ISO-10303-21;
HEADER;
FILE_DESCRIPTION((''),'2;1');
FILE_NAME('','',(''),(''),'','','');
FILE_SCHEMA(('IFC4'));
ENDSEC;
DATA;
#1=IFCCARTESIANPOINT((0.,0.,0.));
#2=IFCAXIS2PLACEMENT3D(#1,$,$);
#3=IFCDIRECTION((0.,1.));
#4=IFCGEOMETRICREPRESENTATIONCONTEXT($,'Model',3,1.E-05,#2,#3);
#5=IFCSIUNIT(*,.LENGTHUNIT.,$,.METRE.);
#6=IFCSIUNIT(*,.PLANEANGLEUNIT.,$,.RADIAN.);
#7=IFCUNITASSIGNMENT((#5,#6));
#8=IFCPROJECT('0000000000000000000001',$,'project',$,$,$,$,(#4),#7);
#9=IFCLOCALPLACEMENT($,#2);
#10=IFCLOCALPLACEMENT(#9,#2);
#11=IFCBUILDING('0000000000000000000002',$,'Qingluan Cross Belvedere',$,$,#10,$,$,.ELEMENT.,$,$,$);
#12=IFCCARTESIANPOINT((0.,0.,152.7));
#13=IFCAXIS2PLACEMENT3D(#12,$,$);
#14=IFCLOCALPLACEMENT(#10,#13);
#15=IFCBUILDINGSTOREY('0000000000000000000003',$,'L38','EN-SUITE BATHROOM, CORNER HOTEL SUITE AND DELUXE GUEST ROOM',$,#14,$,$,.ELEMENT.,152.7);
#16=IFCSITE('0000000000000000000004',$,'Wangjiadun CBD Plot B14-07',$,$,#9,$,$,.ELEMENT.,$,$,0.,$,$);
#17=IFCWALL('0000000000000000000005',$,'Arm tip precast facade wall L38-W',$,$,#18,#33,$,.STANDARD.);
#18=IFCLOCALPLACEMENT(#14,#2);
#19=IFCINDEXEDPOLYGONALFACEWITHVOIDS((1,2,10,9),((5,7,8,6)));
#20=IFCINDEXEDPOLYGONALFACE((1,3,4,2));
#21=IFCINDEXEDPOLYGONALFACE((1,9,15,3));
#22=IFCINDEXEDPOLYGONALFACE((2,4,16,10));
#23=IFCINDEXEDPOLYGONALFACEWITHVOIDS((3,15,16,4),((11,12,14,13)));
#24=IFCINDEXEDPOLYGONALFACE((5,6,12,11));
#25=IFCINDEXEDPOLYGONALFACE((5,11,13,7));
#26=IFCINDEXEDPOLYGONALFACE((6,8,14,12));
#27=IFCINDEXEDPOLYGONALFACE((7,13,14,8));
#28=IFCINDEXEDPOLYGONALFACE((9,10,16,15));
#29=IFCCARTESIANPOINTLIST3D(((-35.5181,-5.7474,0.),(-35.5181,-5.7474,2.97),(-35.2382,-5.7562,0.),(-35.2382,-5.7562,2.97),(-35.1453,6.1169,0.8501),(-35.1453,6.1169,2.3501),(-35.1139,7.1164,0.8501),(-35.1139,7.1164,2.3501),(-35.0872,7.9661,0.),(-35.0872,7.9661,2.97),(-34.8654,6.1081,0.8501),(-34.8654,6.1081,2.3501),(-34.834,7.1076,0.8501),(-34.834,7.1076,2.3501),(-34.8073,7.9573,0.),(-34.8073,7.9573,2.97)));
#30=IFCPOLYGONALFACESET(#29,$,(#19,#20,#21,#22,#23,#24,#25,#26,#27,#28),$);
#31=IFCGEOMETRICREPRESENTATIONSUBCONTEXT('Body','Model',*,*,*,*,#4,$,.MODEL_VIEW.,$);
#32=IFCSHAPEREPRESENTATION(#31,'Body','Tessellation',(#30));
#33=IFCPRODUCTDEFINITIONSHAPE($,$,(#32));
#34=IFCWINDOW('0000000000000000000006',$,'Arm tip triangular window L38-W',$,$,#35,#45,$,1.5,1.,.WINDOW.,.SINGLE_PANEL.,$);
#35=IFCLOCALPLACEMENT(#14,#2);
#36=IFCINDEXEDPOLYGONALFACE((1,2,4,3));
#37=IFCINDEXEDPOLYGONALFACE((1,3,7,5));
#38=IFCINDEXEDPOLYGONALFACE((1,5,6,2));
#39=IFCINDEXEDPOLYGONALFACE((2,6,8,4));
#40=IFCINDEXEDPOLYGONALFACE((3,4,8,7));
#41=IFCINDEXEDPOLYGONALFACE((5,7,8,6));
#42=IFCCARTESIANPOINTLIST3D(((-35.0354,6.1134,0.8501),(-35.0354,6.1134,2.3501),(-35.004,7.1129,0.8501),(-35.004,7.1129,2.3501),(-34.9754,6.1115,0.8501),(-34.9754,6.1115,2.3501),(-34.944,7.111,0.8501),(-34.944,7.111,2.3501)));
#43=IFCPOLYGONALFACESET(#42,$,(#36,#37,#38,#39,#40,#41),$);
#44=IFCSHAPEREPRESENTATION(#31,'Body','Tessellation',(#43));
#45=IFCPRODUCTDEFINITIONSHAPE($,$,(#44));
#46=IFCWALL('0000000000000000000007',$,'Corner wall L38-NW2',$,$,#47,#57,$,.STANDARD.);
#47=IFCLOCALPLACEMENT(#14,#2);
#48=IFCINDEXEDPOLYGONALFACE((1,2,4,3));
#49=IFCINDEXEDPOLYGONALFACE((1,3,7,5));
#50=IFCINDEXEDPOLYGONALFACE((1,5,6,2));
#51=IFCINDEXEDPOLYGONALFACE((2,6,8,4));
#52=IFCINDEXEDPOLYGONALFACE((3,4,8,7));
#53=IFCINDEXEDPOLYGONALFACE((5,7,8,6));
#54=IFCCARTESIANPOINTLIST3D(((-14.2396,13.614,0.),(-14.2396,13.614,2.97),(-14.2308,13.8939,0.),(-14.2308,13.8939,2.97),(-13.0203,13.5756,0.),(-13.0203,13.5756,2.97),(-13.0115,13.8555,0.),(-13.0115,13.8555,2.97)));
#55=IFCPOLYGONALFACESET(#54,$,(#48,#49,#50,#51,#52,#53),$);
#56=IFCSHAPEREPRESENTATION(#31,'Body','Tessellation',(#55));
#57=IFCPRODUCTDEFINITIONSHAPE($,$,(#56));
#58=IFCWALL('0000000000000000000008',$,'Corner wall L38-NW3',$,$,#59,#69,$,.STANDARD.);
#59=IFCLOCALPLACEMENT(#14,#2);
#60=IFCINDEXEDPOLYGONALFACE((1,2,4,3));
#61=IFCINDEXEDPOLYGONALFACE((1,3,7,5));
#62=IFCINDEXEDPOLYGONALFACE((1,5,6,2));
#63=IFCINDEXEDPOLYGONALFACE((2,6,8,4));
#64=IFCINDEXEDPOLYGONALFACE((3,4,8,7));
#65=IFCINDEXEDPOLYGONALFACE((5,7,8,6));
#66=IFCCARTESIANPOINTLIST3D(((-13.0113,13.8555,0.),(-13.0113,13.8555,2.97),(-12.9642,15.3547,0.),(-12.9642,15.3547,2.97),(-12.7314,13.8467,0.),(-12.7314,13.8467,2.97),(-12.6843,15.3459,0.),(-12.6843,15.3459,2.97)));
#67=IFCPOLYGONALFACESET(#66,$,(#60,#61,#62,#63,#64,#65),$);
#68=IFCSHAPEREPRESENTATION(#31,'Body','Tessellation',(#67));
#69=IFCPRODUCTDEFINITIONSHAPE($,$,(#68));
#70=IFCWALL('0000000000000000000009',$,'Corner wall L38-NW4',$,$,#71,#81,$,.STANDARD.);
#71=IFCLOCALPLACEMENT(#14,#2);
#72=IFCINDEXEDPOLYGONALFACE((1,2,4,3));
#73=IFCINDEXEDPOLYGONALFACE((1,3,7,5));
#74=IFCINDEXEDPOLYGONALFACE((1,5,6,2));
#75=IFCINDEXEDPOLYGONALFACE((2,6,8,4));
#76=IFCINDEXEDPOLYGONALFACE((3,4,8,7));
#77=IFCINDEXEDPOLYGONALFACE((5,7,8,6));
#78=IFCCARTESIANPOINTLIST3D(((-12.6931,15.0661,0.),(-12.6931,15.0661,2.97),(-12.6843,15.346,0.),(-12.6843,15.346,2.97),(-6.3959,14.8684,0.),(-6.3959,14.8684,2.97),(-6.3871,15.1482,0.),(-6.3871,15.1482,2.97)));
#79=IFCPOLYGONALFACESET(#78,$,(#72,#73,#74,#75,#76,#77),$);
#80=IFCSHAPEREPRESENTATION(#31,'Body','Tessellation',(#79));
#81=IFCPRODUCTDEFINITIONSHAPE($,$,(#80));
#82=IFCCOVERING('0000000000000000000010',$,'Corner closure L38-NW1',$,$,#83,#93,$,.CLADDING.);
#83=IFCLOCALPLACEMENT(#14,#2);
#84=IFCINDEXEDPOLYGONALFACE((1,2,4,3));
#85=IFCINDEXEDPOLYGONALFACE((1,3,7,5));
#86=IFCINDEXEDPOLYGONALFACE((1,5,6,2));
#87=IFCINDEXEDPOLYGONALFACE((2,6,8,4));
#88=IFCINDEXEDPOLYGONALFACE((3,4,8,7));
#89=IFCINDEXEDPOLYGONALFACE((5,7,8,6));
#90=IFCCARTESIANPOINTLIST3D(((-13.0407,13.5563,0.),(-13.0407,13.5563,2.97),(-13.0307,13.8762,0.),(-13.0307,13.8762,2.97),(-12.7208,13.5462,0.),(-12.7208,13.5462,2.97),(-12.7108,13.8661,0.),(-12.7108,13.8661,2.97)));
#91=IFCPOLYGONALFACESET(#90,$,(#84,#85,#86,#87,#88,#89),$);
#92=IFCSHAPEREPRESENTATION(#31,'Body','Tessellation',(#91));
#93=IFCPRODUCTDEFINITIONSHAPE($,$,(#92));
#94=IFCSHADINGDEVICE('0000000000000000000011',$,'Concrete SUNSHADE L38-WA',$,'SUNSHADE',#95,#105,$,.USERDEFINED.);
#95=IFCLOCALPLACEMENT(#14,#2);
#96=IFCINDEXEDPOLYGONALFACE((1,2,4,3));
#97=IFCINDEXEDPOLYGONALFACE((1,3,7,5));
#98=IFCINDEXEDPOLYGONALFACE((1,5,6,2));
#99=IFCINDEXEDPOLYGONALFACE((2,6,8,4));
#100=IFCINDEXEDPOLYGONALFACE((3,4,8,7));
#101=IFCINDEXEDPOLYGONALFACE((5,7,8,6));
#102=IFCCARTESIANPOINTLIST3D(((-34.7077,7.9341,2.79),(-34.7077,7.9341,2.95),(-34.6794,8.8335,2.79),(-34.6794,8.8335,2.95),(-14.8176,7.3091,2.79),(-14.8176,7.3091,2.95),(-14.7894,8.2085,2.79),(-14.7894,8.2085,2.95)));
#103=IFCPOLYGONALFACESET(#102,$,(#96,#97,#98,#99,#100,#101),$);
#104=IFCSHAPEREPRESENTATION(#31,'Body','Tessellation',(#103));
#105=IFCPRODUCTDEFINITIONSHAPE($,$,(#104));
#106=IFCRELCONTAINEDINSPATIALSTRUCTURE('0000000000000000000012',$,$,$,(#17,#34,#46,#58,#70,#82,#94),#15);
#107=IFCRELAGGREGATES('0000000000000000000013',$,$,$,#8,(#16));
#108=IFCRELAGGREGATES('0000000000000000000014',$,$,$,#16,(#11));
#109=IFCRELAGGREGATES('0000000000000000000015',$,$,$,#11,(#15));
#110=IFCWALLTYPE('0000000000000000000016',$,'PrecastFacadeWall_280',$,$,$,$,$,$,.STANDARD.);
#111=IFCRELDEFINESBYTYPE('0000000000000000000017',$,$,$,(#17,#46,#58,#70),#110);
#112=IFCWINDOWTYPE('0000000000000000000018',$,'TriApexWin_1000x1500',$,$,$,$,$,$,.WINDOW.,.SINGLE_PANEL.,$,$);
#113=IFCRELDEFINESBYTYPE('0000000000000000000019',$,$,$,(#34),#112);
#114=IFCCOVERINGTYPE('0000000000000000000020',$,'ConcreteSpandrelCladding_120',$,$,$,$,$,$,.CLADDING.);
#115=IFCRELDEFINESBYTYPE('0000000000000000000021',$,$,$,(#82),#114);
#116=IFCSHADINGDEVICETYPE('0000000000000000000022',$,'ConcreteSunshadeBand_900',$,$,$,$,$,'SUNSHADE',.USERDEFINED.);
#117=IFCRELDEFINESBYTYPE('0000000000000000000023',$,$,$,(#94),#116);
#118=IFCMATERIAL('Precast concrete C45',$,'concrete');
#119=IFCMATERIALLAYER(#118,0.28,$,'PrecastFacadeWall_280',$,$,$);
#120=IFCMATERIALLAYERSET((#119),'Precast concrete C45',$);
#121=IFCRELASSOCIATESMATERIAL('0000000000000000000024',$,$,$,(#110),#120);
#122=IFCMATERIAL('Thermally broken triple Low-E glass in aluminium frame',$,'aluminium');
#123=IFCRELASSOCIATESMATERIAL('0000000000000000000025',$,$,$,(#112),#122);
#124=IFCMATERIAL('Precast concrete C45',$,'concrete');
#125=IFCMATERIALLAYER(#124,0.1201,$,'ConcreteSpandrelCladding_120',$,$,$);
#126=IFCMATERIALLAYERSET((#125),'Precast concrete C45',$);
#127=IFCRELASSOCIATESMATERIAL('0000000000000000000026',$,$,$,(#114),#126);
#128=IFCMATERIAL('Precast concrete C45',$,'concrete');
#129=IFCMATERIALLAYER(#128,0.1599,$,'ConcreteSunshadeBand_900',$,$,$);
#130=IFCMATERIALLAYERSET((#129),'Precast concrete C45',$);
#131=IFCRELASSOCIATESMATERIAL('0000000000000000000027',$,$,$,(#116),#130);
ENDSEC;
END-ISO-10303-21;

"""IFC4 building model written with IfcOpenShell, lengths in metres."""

from ifc_helpers import new_model, si_unit, direction, frame, frame_2d, origin, origin_2d, place, context, subcontext, project, spatial, rectangle, extrude, material, layer, layer_set, type_object, element, fill, save


model = new_model("IFC4")

# Units and contexts
model_context = context("Model", 3, precision=1e-05, world=origin(), true_north=direction((0.0, 1.0)))
body_context = subcontext(model_context, "Body", "Model", "MODEL_VIEW")
ifc_project = project(units=[si_unit("LENGTHUNIT", "METRE"), si_unit("PLANEANGLEUNIT", "RADIAN")], contexts=[model_context])

# Site, building, storey
site_placement = place(None, origin())
site = spatial("IfcSite", under=ifc_project, at=site_placement, Name="Wangjiadun CBD Plot B14-07", CompositionType="ELEMENT", RefElevation=0.0)
building_placement = place(site_placement, origin())
building = spatial("IfcBuilding", under=site, at=building_placement, Name="Qingluan Cross Belvedere", CompositionType="ELEMENT")
storey_placement = place(building_placement, frame((0.0, 0.0, 152.7)))
storey = spatial("IfcBuildingStorey", under=building, at=storey_placement, Name="L38", Description="EN-SUITE BATHROOM, CORNER HOTEL SUITE AND DELUXE GUEST ROOM", CompositionType="ELEMENT", Elevation=152.7)

# Wall, opening, window
ifc_material_1 = material(Name="Precast concrete C45", Category="concrete")
ifc_layer_1 = layer(ifc_material_1, 0.28, Name="PrecastFacadeWall_280")
ifc_layer_set_1 = layer_set([ifc_layer_1], Name="Precast concrete C45")
wall_type_1 = type_object("IfcWallType", Name="PrecastFacadeWall_280", PredefinedType="STANDARD", material=ifc_layer_set_1)
wall_1_placement = place(storey_placement, frame((-34.9473, 7.9617, 0.0), z_axis=(0.0, 0.0, 1.0), x_axis=(-0.031407, -0.999507, 0.0)))
wall_1 = element("IfcWall", 1, at=wall_1_placement, inside=storey, type_object=wall_type_1, Name="Arm tip precast facade wall L38-W", PredefinedType="STANDARD", context=body_context, shape_type="SweptSolid", body=[
    extrude(rectangle(XDim=13.7202, YDim=0.28, at=frame_2d((6.8601, 0.0))), origin(), (0.0, 0.0, 1.0), 2.97),
])
opening_1_placement = place(wall_1_placement, frame((0.8501, 0.0, 0.8501)))
opening_1 = element("IfcOpeningElement", 2, at=opening_1_placement, cuts=wall_1, PredefinedType="OPENING", context=body_context, shape_type="SweptSolid", body=[
    extrude(rectangle(XDim=1.0, YDim=1.5, at=frame_2d((0.5, 0.75))), frame((0.0, 0.1499, 0.0), z_axis=(0.0, -1.0, 0.0), x_axis=(1.0, 0.0, 0.0)), (0.0, 0.0, 1.0), 0.3),
])
ifc_material_2 = material(Name="Thermally broken triple Low-E glass in aluminium frame", Category="aluminium")
window_type = type_object("IfcWindowType", Name="TriApexWin_1000x1500", PartitioningType="SINGLE_PANEL", PredefinedType="WINDOW", material=ifc_material_2)
window_placement = place(opening_1_placement, origin())
window = element("IfcWindow", 3, at=window_placement, inside=storey, type_object=window_type, Name="Arm tip triangular window L38-W", OverallHeight=1.5, OverallWidth=1.0, PartitioningType="SINGLE_PANEL", PredefinedType="WINDOW", context=body_context, shape_type="SweptSolid", body=[
    extrude(rectangle(XDim=1.0, YDim=1.5, at=frame_2d((0.5, 0.75))), frame((0.0, 0.03, 0.0), z_axis=(0.0, -1.0, 0.0), x_axis=(1.0, 0.0, 0.0)), (0.0, 0.0, 1.0), 0.0601),
])
fill(opening_1, window)

# Walls
wall_2_placement = place(storey_placement, frame((-14.2351, 13.7539, 0.0), z_axis=(0.0, 0.0, 1.0), x_axis=(0.999506, -0.031416, 0.0)))
element("IfcWall", 4, at=wall_2_placement, inside=storey, type_object=wall_type_1, Name="Corner wall L38-NW2", PredefinedType="STANDARD", context=body_context, shape_type="SweptSolid", body=[
    extrude(rectangle(XDim=1.22, YDim=0.28, at=frame_2d((0.6099, 0.0))), origin(), (0.0, 0.0, 1.0), 2.97),
])
wall_3_placement = place(storey_placement, frame((-12.8713, 13.8511, 0.0), z_axis=(0.0, 0.0, 1.0), x_axis=(0.031413, 0.999507, 0.0)))
element("IfcWall", 5, at=wall_3_placement, inside=storey, type_object=wall_type_1, Name="Corner wall L38-NW3", PredefinedType="STANDARD", context=body_context, shape_type="SweptSolid", body=[
    extrude(rectangle(XDim=1.5, YDim=0.28, at=frame_2d((0.75, 0.0))), origin(), (0.0, 0.0, 1.0), 2.97),
])
wall_4_placement = place(storey_placement, frame((-12.6887, 15.2061, 0.0), z_axis=(0.0, 0.0, 1.0), x_axis=(0.999507, -0.031388, 0.0)))
element("IfcWall", 6, at=wall_4_placement, inside=storey, type_object=wall_type_1, Name="Corner wall L38-NW4", PredefinedType="STANDARD", context=body_context, shape_type="SweptSolid", body=[
    extrude(rectangle(XDim=6.3003, YDim=0.28, at=frame_2d((3.1501, 0.0))), origin(), (0.0, 0.0, 1.0), 2.97),
])

# Covering
ifc_material_3 = material(Name="Precast concrete C45", Category="concrete")
ifc_layer_2 = layer(ifc_material_3, 0.1201, Name="ConcreteSpandrelCladding_120")
ifc_layer_set_2 = layer_set([ifc_layer_2], Name="Precast concrete C45")
covering_type_1 = type_object("IfcCoveringType", Name="ConcreteSpandrelCladding_120", PredefinedType="CLADDING", material=ifc_layer_set_2)
covering_1_placement = place(storey_placement, frame((-12.8757, 13.7112, 0.0), z_axis=(0.0, 0.0, 1.0), x_axis=(0.999507, -0.031411, 0.0)))
element("IfcCovering", 7, at=covering_1_placement, inside=storey, type_object=covering_type_1, Name="Corner closure L38-NW1", PredefinedType="CLADDING", context=body_context, shape_type="SweptSolid", body=[
    extrude(rectangle(XDim=0.3201, YDim=0.3201, at=origin_2d()), origin(), (0.0, 0.0, 1.0), 2.97),
])

# Shading device
ifc_material_4 = material(Name="Precast concrete C45", Category="concrete")
ifc_layer_3 = layer(ifc_material_4, 0.1599, Name="ConcreteSunshadeBand_900")
ifc_layer_set_3 = layer_set([ifc_layer_3], Name="Precast concrete C45")
shading_device_type = type_object("IfcShadingDeviceType", Name="ConcreteSunshadeBand_900", ElementType="SUNSHADE", PredefinedType="USERDEFINED", material=ifc_layer_set_3)
shading_device_placement = place(storey_placement, frame((-24.7485, 8.0713, 2.79), z_axis=(0.0, 0.0, 1.0), x_axis=(-0.999507, 0.031408, 0.0)))
element("IfcShadingDevice", 8, at=shading_device_placement, inside=storey, type_object=shading_device_type, Name="Concrete SUNSHADE L38-WA", ObjectType="SUNSHADE", PredefinedType="USERDEFINED", context=body_context, shape_type="SweptSolid", body=[
    extrude(rectangle(XDim=19.8999, YDim=0.8999, at=origin_2d()), origin(), (0.0, 0.0, 1.0), 0.1599),
])

save(model, "model.ifc")
